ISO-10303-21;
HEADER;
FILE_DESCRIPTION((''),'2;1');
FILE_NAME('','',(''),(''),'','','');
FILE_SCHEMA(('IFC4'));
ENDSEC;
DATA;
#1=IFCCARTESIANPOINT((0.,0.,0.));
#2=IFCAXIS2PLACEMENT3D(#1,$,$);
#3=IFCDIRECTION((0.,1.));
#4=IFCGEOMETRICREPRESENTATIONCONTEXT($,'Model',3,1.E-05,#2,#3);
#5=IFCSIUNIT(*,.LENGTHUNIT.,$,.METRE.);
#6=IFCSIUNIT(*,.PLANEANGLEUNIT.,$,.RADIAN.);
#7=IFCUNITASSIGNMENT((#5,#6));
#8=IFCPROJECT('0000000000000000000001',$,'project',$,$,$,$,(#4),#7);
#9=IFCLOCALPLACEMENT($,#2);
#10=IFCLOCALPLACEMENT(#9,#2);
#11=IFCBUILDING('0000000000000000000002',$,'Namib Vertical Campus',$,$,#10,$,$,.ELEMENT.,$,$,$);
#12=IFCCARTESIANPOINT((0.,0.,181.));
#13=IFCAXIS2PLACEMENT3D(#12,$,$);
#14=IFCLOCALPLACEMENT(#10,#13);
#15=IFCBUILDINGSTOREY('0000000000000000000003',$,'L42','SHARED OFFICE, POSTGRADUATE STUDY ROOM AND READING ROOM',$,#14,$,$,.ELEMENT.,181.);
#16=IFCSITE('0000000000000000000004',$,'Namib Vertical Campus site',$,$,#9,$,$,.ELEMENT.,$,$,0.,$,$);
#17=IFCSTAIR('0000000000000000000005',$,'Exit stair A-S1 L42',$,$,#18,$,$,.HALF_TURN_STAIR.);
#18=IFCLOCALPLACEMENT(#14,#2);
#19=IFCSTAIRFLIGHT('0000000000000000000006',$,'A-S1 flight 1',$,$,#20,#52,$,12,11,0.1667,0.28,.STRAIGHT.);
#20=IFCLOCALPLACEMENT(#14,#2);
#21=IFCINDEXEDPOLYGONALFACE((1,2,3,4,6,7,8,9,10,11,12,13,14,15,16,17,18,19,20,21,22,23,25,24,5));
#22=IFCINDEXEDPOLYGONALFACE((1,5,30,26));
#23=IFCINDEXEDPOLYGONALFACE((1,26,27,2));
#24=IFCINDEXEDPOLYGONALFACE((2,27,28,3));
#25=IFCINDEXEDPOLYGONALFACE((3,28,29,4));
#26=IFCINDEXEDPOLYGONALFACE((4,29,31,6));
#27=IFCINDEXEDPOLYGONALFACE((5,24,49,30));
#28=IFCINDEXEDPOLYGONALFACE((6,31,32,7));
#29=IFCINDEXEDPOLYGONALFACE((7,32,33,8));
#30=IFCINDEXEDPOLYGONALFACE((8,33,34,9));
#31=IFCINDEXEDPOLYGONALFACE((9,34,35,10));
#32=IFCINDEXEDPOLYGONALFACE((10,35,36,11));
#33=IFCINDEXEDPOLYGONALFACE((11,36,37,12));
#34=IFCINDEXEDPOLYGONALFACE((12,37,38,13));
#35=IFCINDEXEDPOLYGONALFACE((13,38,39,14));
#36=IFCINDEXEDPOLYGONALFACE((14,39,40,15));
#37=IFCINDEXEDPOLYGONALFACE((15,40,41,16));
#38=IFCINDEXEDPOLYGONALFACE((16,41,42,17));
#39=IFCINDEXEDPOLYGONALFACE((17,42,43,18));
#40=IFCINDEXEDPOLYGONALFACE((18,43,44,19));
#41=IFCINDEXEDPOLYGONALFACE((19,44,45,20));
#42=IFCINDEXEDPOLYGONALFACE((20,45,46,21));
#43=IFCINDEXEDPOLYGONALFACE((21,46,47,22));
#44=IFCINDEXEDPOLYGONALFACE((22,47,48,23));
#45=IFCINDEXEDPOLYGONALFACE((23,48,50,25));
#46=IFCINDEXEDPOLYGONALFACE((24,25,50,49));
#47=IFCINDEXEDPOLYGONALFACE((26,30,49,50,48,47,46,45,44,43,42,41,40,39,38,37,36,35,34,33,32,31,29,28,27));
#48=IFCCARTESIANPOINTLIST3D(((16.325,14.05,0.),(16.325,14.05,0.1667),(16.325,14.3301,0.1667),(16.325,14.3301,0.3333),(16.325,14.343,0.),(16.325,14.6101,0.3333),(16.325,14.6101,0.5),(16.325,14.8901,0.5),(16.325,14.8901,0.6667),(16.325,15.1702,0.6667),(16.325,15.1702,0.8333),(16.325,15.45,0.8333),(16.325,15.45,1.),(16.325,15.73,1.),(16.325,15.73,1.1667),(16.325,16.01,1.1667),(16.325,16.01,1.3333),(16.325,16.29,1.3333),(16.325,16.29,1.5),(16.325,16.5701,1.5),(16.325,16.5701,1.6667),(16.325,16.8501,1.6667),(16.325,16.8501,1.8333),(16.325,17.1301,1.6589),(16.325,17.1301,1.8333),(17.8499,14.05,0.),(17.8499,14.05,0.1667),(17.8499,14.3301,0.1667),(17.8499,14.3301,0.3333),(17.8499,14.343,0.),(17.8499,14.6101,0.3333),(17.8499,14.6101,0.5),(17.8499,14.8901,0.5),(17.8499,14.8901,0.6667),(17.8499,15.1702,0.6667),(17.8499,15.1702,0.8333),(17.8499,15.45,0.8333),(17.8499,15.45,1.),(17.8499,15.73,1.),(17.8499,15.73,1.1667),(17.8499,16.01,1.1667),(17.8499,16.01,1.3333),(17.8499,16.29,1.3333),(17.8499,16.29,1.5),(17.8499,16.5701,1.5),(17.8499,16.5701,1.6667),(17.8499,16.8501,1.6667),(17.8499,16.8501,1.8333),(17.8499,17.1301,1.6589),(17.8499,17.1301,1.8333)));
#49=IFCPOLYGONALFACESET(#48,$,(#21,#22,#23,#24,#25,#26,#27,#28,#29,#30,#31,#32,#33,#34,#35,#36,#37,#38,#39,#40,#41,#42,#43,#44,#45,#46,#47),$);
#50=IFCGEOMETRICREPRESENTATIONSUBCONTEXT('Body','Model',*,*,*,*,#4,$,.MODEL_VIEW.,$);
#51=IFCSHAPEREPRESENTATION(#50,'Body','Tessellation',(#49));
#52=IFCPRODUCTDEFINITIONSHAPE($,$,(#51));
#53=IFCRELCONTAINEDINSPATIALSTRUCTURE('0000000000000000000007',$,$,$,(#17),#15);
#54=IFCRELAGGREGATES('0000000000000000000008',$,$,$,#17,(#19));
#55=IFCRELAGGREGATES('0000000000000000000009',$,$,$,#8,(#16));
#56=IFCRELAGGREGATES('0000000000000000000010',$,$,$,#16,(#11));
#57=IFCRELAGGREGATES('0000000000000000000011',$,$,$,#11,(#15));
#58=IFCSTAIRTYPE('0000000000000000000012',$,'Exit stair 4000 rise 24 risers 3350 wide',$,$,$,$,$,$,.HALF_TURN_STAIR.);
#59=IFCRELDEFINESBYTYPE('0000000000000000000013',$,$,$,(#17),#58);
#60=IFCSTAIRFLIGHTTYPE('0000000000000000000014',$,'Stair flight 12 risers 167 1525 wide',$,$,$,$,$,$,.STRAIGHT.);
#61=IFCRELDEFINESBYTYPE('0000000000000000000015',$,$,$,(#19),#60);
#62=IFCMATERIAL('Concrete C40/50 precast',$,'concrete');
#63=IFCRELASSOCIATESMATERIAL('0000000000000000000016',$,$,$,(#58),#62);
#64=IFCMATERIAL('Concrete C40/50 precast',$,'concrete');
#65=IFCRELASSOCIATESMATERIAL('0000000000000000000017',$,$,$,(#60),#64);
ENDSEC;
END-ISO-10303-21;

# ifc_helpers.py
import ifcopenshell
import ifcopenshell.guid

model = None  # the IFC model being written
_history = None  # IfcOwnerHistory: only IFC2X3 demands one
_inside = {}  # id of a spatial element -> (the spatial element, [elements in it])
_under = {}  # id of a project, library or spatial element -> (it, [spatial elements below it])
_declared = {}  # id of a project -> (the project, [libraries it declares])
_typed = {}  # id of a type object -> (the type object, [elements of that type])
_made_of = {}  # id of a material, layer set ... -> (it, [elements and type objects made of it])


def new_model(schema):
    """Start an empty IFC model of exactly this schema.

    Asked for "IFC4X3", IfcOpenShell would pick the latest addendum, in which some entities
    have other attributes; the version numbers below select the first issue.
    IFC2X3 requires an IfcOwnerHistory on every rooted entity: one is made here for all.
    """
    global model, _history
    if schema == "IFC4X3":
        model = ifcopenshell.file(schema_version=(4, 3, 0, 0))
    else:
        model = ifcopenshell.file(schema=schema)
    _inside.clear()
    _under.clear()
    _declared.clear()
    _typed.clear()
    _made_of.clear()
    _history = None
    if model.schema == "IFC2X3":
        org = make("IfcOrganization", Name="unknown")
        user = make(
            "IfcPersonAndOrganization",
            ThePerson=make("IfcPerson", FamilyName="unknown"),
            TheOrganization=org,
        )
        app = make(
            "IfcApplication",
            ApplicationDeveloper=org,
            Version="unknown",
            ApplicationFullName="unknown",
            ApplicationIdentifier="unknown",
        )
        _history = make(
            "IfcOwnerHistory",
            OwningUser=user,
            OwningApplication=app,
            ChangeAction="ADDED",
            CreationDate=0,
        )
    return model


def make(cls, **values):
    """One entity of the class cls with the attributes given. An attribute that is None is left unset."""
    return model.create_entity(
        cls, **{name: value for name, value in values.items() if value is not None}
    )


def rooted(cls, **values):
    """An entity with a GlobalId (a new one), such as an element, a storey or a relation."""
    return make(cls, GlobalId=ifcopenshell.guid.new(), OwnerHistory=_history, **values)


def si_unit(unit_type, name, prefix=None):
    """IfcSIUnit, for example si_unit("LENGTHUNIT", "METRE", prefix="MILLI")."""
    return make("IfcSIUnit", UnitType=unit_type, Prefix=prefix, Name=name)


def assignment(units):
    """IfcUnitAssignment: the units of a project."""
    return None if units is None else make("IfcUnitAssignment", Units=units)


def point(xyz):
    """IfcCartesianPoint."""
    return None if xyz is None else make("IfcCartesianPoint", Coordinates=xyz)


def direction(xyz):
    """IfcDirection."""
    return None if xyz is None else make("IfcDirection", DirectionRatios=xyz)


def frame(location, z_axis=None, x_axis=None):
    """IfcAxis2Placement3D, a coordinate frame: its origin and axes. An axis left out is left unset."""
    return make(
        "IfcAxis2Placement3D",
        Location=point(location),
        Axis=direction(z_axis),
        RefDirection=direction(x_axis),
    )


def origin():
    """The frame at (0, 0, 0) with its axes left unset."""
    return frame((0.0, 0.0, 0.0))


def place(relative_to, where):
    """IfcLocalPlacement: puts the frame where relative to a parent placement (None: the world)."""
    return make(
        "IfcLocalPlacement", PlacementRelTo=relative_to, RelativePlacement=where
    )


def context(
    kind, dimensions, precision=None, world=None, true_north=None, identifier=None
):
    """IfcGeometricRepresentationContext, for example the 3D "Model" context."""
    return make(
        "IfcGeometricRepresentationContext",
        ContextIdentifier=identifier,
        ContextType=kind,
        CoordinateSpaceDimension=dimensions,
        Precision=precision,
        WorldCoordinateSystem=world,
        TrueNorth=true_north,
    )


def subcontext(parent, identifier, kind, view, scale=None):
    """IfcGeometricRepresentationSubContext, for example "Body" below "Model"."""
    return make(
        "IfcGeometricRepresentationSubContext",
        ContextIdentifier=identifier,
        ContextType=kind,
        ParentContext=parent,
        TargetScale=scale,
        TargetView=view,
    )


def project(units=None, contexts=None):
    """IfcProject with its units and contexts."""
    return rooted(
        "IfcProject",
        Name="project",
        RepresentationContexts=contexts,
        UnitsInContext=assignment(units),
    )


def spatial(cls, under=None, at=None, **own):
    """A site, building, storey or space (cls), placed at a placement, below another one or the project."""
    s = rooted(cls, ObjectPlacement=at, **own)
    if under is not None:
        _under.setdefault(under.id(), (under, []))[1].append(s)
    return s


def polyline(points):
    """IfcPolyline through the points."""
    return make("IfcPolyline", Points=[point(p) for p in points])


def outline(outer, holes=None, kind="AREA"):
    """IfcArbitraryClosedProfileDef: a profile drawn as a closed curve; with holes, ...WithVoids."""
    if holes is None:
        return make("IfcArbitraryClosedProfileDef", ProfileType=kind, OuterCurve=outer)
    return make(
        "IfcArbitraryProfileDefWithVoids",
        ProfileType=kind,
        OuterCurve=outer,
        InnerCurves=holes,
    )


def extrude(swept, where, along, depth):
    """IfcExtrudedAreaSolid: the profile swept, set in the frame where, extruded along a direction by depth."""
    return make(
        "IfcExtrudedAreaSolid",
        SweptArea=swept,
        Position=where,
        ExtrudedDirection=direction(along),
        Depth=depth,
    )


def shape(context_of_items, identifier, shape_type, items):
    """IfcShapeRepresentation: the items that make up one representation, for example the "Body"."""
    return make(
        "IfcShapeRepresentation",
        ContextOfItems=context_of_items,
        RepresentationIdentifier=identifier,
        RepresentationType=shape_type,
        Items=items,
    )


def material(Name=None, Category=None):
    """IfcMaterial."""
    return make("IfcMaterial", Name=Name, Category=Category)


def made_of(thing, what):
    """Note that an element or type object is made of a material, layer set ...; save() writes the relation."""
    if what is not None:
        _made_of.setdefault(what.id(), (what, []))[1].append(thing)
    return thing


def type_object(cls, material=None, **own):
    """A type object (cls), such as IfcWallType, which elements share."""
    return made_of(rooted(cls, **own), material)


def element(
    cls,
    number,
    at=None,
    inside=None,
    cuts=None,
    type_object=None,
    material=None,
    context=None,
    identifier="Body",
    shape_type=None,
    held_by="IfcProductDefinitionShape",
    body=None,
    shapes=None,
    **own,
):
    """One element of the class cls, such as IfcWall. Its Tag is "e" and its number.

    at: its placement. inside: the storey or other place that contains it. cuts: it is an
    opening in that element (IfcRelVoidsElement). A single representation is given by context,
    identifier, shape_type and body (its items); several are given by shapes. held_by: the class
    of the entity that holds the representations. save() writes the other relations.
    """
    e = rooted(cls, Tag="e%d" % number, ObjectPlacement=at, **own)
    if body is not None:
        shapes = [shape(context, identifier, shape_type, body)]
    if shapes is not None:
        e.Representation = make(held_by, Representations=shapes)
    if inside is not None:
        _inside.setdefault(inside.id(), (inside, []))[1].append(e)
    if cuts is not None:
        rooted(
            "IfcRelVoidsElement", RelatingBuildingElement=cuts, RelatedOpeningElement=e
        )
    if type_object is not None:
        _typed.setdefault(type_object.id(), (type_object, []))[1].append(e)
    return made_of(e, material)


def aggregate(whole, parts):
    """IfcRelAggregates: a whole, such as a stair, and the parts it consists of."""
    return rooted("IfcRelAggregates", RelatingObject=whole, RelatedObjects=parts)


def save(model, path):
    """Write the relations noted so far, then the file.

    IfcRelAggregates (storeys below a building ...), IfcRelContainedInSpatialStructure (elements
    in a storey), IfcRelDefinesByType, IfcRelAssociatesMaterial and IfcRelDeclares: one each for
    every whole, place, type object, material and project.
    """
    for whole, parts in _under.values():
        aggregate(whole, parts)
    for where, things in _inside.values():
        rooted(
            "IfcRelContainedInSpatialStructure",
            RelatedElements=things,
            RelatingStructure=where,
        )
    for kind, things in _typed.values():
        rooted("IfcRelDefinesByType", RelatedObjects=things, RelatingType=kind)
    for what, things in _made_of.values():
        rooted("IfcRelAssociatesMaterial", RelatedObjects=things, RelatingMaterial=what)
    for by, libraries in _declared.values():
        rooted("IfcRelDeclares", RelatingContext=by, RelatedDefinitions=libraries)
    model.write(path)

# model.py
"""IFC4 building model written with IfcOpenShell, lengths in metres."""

from ifc_helpers import new_model, si_unit, direction, frame, origin, place, context, subcontext, project, spatial, polyline, outline, extrude, material, type_object, element, aggregate, save


model = new_model("IFC4")

# Units and contexts
model_context = context("Model", 3, precision=1e-05, world=origin(), true_north=direction((0.0, 1.0)))
body_context = subcontext(model_context, "Body", "Model", "MODEL_VIEW")
ifc_project = project(units=[si_unit("LENGTHUNIT", "METRE"), si_unit("PLANEANGLEUNIT", "RADIAN")], contexts=[model_context])

# Site, building, storey
site_placement = place(None, origin())
site = spatial("IfcSite", under=ifc_project, at=site_placement, Name="Namib Vertical Campus site", CompositionType="ELEMENT", RefElevation=0.0)
building_placement = place(site_placement, origin())
building = spatial("IfcBuilding", under=site, at=building_placement, Name="Namib Vertical Campus", CompositionType="ELEMENT")
storey_placement = place(building_placement, frame((0.0, 0.0, 181.0)))
storey = spatial("IfcBuildingStorey", under=building, at=storey_placement, Name="L42", Description="SHARED OFFICE, POSTGRADUATE STUDY ROOM AND READING ROOM", CompositionType="ELEMENT", Elevation=181.0)

# Stair, stair flight
ifc_material_1 = material(Name="Concrete C40/50 precast", Category="concrete")
stair_type = type_object("IfcStairType", Name="Exit stair 4000 rise 24 risers 3350 wide", PredefinedType="HALF_TURN_STAIR", material=ifc_material_1)
stair_placement = place(storey_placement, origin())
stair = element("IfcStair", 1, at=stair_placement, inside=storey, type_object=stair_type, Name="Exit stair A-S1 L42", PredefinedType="HALF_TURN_STAIR")
ifc_material_2 = material(Name="Concrete C40/50 precast", Category="concrete")
stair_flight_type = type_object("IfcStairFlightType", Name="Stair flight 12 risers 167 1525 wide", PredefinedType="STRAIGHT", material=ifc_material_2)
stair_flight_placement = place(storey_placement, frame((17.0874, 14.05, 0.0), z_axis=(0.0, 0.0, 1.0), x_axis=(0.0, 1.0, 0.0)))
stair_flight = element("IfcStairFlight", 2, at=stair_flight_placement, type_object=stair_flight_type, Name="A-S1 flight 1", NumberOfRisers=12, NumberOfTreads=11, PredefinedType="STRAIGHT", RiserHeight=0.1667, TreadLength=0.28, context=body_context, shape_type="SweptSolid", body=[
    extrude(outline(polyline([(0.0, 0.0), (0.0, 0.1667), (0.28, 0.1667), (0.28, 0.3333), (0.5601, 0.3333), (0.5601, 0.5), (0.8401, 0.5), (0.8401, 0.6667), (1.1201, 0.6667), (1.1201, 0.8333), (1.3999, 0.8333), (1.3999, 1.0), (1.6799, 1.0), (1.6799, 1.1667), (1.96, 1.1667), (1.96, 1.3333), (2.24, 1.3333), (2.24, 1.5), (2.52, 1.5), (2.52, 1.6667), (2.8, 1.6667), (2.8, 1.8333), (3.0801, 1.8333), (3.0801, 2.0), (3.0801, 1.6589), (0.293, 0.0), (0.0, 0.0)])), frame((0.0, 0.7625, 0.0), z_axis=(0.0, -1.0, 0.0), x_axis=(1.0, 0.0, 0.0)), (0.0, 0.0, 1.0), 1.5249),
])
aggregate(stair, [stair_flight])

save(model, "model.ifc")
